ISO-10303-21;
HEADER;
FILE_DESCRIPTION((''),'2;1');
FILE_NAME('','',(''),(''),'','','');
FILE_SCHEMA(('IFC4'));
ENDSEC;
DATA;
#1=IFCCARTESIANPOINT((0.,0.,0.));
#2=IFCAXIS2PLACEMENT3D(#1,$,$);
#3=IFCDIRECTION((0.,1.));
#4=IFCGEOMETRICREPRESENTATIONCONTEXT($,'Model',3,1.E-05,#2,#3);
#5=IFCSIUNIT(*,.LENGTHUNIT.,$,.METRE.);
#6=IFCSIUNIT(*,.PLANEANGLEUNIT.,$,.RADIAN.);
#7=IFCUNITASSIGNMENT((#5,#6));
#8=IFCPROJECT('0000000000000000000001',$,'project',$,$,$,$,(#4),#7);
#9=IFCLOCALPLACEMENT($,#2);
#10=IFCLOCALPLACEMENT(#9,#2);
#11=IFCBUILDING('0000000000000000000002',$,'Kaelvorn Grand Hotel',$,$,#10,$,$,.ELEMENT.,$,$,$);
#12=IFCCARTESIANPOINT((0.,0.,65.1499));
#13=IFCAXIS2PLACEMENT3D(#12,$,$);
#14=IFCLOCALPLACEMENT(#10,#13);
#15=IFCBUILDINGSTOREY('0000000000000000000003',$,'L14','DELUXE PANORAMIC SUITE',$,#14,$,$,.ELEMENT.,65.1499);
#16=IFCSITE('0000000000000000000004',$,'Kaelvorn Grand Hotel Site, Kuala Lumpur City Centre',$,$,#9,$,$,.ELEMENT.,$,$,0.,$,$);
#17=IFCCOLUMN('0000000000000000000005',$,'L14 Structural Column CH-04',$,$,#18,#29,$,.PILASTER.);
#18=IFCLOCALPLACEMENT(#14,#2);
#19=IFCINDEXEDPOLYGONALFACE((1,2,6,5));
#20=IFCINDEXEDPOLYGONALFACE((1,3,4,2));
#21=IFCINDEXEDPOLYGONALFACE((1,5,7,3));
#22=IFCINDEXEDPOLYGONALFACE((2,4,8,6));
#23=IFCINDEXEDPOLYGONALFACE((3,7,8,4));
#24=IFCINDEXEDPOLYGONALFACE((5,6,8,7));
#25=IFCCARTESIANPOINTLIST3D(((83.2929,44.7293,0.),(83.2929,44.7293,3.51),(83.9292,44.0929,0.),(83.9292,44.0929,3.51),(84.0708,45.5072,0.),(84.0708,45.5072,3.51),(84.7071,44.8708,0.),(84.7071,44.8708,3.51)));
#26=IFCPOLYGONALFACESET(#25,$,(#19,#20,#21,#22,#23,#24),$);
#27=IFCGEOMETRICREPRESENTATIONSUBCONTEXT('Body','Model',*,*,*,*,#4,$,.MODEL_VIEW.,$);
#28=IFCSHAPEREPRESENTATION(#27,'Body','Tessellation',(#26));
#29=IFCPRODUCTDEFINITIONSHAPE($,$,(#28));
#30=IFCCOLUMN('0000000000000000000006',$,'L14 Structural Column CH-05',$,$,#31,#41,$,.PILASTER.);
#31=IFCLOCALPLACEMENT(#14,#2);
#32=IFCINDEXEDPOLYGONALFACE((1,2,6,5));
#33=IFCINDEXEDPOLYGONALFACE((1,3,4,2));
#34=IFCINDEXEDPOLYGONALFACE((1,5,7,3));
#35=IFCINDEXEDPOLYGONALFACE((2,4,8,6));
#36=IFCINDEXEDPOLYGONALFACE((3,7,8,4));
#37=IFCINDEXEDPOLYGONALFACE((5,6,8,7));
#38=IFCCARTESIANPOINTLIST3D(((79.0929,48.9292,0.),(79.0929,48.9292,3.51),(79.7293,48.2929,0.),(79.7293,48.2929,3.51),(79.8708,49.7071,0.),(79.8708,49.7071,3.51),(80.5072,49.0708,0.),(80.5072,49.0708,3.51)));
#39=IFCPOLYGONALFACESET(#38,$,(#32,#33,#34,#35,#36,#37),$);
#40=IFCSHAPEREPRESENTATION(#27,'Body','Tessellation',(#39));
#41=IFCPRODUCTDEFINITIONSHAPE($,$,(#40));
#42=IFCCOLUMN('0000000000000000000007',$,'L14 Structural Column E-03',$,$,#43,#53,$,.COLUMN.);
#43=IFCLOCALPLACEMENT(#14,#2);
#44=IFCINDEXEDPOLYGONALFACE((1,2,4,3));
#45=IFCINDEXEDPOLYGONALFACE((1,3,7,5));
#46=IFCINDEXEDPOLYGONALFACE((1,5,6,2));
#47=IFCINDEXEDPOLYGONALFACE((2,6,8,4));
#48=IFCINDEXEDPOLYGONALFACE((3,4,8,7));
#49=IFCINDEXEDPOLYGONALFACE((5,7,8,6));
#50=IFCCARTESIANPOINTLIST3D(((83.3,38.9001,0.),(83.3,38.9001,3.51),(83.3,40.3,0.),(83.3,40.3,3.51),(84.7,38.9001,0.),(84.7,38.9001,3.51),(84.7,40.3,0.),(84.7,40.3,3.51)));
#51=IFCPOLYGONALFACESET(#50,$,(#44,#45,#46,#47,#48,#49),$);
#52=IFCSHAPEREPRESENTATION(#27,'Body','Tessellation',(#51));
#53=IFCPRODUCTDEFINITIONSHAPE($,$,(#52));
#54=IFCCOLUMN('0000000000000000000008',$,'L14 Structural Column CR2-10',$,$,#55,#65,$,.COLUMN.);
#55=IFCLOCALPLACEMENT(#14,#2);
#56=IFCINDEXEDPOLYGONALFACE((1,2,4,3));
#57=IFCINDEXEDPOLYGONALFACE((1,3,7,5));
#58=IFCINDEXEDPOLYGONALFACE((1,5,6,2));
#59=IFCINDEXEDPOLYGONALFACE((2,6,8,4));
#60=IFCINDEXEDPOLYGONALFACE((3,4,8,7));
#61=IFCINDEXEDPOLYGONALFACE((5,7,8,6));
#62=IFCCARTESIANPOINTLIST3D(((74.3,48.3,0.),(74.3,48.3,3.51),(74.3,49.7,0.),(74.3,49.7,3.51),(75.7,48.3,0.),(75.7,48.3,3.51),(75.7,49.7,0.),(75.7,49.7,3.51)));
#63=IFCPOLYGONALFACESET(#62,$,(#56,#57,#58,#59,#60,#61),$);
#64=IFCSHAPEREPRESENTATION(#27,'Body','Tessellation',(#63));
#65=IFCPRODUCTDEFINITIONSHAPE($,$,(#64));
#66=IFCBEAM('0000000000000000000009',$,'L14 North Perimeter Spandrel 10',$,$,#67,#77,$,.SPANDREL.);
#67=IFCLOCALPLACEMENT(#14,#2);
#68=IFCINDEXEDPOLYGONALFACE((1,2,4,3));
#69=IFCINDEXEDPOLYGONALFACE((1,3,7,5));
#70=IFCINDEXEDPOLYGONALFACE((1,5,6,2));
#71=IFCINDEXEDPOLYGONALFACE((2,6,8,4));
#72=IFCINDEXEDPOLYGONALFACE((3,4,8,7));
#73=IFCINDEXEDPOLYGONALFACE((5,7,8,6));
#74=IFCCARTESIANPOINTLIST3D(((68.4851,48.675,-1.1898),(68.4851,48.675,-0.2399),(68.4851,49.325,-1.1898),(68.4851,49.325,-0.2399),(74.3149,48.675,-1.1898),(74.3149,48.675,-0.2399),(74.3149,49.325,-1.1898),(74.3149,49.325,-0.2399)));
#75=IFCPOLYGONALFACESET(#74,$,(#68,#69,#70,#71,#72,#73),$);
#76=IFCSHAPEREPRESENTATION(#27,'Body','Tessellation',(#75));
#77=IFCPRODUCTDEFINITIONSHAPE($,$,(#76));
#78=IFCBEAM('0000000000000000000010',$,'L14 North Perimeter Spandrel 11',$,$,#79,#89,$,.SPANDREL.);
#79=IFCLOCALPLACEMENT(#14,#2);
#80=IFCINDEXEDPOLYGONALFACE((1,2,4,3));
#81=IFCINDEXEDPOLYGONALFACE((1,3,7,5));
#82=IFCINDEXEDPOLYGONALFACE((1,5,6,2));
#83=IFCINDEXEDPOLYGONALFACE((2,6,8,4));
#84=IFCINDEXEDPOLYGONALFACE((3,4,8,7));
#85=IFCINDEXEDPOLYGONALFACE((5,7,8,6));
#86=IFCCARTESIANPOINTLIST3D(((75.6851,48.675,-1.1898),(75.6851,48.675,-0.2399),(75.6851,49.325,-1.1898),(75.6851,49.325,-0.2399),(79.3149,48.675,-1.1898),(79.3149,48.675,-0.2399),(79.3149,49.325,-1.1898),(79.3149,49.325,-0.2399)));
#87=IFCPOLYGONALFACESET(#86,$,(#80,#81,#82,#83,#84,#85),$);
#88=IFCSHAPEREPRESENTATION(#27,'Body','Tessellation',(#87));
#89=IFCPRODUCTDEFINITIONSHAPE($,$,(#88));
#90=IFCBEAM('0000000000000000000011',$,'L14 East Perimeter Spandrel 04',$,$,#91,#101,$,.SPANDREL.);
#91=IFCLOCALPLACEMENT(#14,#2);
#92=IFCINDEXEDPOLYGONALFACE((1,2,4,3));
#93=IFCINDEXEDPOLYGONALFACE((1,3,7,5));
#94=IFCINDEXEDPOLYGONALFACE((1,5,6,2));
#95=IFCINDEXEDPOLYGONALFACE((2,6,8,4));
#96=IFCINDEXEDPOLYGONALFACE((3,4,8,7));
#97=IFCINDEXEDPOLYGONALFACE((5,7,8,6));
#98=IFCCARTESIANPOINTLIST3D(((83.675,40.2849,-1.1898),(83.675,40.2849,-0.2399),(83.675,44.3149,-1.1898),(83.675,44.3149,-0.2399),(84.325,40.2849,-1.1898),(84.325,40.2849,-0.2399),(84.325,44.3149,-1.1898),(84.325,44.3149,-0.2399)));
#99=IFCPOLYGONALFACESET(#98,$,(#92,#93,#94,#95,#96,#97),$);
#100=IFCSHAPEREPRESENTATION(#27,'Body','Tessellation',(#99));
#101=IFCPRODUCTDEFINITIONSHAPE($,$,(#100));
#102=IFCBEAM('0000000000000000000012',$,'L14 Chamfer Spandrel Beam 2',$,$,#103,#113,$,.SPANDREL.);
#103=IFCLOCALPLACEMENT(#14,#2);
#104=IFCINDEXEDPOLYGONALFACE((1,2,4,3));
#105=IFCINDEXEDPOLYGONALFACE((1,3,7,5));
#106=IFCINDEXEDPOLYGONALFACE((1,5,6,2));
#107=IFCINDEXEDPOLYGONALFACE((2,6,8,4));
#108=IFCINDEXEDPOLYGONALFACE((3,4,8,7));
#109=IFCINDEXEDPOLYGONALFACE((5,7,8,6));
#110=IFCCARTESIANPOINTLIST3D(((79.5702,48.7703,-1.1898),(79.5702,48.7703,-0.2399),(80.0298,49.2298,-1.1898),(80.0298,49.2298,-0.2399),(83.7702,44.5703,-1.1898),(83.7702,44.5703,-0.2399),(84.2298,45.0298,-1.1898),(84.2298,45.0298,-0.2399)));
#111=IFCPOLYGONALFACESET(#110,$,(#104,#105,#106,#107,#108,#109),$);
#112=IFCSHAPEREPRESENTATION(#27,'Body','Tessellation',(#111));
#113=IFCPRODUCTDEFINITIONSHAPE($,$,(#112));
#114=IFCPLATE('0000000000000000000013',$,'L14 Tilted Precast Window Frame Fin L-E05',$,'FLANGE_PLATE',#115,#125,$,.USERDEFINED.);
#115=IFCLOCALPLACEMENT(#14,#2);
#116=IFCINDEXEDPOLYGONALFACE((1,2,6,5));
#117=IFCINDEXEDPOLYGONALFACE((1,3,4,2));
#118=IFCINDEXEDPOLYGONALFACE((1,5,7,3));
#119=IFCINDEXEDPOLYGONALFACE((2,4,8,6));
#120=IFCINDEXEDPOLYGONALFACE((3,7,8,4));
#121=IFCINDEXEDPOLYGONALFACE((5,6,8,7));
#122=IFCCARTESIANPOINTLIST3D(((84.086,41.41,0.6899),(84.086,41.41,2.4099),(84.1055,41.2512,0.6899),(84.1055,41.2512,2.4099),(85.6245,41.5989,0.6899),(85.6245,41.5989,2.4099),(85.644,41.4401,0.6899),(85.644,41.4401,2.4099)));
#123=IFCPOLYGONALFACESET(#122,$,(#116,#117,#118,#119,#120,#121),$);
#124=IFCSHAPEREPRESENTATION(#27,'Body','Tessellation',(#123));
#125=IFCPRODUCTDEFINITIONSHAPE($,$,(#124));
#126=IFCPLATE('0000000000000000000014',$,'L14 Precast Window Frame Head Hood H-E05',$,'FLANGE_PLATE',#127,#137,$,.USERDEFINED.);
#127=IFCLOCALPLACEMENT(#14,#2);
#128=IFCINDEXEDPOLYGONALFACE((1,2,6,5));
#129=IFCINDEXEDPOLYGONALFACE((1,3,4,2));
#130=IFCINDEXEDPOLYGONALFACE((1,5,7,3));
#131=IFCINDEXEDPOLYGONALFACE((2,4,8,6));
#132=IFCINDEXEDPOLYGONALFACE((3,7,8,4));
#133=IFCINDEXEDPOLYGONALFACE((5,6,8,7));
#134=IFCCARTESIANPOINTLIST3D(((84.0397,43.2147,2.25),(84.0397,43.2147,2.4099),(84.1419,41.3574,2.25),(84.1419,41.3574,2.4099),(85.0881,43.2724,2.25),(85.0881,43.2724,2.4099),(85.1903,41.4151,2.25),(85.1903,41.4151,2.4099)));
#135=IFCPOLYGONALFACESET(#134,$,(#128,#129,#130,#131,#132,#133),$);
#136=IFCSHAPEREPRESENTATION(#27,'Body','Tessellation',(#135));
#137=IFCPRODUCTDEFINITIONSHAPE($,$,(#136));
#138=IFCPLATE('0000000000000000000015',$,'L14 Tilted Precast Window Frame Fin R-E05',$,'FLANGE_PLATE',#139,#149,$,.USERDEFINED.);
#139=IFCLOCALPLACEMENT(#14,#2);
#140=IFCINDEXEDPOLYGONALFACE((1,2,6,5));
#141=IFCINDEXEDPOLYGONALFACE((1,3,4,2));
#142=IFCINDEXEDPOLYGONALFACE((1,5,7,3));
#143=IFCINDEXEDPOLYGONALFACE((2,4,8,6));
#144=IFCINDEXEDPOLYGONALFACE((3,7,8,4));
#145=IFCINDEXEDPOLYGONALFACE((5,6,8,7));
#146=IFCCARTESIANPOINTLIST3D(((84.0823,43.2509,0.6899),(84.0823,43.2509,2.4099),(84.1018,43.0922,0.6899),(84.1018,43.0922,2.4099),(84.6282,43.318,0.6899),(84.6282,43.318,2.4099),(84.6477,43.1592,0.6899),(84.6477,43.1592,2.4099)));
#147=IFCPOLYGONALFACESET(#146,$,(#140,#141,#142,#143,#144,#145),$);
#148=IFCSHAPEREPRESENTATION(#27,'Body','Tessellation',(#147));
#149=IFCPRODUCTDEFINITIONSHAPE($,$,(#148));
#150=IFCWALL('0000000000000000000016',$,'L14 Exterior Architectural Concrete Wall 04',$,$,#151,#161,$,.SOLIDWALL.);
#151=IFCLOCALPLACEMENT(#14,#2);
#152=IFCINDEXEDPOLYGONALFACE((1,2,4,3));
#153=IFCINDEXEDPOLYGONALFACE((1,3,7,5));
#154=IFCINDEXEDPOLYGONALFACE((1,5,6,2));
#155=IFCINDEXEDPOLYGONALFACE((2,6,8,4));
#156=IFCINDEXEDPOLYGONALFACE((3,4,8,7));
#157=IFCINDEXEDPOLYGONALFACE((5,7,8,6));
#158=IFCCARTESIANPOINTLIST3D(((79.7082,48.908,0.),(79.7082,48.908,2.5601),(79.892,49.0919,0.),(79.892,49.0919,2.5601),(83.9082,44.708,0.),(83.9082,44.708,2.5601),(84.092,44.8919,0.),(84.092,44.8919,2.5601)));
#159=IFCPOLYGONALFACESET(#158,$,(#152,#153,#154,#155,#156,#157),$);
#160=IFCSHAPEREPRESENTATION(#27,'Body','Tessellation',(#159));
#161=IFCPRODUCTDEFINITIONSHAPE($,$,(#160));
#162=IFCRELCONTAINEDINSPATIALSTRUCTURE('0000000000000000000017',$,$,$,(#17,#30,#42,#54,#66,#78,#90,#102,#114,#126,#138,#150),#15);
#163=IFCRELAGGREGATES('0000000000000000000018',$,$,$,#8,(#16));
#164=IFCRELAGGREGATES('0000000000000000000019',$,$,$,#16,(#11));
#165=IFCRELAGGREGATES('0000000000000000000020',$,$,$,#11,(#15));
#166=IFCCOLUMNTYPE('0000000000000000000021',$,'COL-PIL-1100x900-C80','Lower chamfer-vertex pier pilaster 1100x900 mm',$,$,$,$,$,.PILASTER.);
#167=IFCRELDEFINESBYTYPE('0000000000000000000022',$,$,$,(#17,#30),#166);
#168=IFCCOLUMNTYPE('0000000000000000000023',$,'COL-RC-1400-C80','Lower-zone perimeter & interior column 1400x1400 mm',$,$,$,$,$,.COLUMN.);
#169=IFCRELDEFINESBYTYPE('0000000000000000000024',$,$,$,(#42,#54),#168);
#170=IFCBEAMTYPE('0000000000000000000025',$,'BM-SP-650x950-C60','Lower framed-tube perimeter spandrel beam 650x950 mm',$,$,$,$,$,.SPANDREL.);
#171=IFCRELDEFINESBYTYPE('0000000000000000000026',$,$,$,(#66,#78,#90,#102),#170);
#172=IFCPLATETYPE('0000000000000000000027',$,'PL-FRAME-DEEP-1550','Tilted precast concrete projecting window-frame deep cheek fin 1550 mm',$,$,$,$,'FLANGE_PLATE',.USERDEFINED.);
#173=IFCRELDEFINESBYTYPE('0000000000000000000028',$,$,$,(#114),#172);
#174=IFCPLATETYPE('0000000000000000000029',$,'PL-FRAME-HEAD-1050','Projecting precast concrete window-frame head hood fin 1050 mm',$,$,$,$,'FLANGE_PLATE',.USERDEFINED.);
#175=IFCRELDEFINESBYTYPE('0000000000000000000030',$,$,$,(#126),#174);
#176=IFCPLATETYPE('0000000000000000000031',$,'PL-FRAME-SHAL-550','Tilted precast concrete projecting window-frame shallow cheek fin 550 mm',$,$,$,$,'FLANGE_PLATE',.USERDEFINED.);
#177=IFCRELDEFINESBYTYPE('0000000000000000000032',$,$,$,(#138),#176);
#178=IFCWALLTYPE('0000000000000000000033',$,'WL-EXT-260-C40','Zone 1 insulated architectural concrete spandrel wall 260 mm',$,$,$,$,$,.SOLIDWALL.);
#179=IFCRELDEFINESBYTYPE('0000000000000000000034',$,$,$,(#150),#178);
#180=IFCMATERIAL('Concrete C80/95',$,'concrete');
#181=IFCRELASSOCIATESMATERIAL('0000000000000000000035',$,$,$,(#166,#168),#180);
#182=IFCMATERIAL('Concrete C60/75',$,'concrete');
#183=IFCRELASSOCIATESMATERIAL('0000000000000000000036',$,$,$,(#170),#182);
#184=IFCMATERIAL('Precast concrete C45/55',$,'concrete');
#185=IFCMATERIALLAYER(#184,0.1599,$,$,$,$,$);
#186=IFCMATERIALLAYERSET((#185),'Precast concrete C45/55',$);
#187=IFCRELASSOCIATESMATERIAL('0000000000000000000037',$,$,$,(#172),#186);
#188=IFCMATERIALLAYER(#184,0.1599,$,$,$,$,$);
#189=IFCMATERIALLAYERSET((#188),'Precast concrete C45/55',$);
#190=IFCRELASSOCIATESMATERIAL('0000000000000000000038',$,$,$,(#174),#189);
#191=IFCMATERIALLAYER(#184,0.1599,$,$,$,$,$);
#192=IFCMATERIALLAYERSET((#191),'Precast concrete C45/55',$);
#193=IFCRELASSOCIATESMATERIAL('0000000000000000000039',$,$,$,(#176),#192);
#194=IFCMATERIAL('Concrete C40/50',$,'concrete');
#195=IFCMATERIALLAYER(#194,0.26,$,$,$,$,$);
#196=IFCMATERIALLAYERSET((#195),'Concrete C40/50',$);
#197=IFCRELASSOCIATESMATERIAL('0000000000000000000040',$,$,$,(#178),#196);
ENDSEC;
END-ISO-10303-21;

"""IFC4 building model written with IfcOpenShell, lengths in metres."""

from ifc_helpers import new_model, si_unit, direction, frame, frame_2d, origin, origin_2d, place, context, subcontext, project, spatial, rectangle, extrude, material, layer, layer_set, material_profile, profile_set, type_object, element, save


model = new_model("IFC4")

# Units and contexts
model_context = context("Model", 3, precision=1e-05, world=origin(), true_north=direction((0.0, 1.0)))
body_context = subcontext(model_context, "Body", "Model", "MODEL_VIEW")
ifc_project = project(units=[si_unit("LENGTHUNIT", "METRE"), si_unit("PLANEANGLEUNIT", "RADIAN")], contexts=[model_context])

# Site, building, storey
site_placement = place(None, origin())
site = spatial("IfcSite", under=ifc_project, at=site_placement, Name="Kaelvorn Grand Hotel Site, Kuala Lumpur City Centre", CompositionType="ELEMENT", RefElevation=0.0)
building_placement = place(site_placement, origin())
building = spatial("IfcBuilding", under=site, at=building_placement, Name="Kaelvorn Grand Hotel", CompositionType="ELEMENT")
storey_placement = place(building_placement, frame((0.0, 0.0, 65.1499)))
storey = spatial("IfcBuildingStorey", under=building, at=storey_placement, Name="L14", Description="DELUXE PANORAMIC SUITE", CompositionType="ELEMENT", Elevation=65.1499)

# Columns
ifc_material_1 = material(Name="Concrete C80/95", Category="concrete")
ifc_material_profile_1 = material_profile(ifc_material_1, rectangle(XDim=1.1001, YDim=0.8999, at=origin_2d()), Name="RC PILASTER 1100x900")
ifc_profile_set_1 = profile_set([ifc_material_profile_1], Name="Concrete C80/95")
column_type_1 = type_object("IfcColumnType", Name="COL-PIL-1100x900-C80", Description="Lower chamfer-vertex pier pilaster 1100x900 mm", PredefinedType="PILASTER", material=ifc_profile_set_1)
for number, where, z_axis, x_axis, name in (
    (1, (84.0, 44.8, 0.0), (0.0, 0.0, 1.0), (0.707107, 0.707107, 0.0), "L14 Structural Column CH-04"),
    (2, (79.8, 49.0, 0.0), (0.0, 0.0, 1.0), (0.707107, 0.707107, 0.0), "L14 Structural Column CH-05"),
):
    element("IfcColumn", number, at=place(storey_placement, frame(where, z_axis=z_axis, x_axis=x_axis)), inside=storey, type_object=column_type_1, Name=name, PredefinedType="PILASTER", context=body_context, shape_type="SweptSolid", body=[
        extrude(rectangle(XDim=1.1001, YDim=0.8999, at=origin_2d()), origin(), (0.0, 0.0, 1.0), 3.51),
    ])
ifc_material_profile_2 = material_profile(ifc_material_1, rectangle(XDim=1.3999, YDim=1.3999, at=origin_2d()), Name="RC COL 1400x1400")
ifc_profile_set_2 = profile_set([ifc_material_profile_2], Name="Concrete C80/95")
column_type_2 = type_object("IfcColumnType", Name="COL-RC-1400-C80", Description="Lower-zone perimeter & interior column 1400x1400 mm", PredefinedType="COLUMN", material=ifc_profile_set_2)
for number, where, z_axis, x_axis, name in (
    (3, (84.0, 39.6001, 0.0), (0.0, 0.0, 1.0), (1.0, 0.0, 0.0), "L14 Structural Column E-03"),
    (4, (75.0, 49.0, 0.0), (0.0, 0.0, 1.0), (1.0, 0.0, 0.0), "L14 Structural Column CR2-10"),
):
    element("IfcColumn", number, at=place(storey_placement, frame(where, z_axis=z_axis, x_axis=x_axis)), inside=storey, type_object=column_type_2, Name=name, PredefinedType="COLUMN", context=body_context, shape_type="SweptSolid", body=[
        extrude(rectangle(XDim=1.3999, YDim=1.3999, at=origin_2d()), origin(), (0.0, 0.0, 1.0), 3.51),
    ])

# Beams
ifc_material_2 = material(Name="Concrete C60/75", Category="concrete")
ifc_material_profile_3 = material_profile(ifc_material_2, rectangle(XDim=0.6499, YDim=0.95, at=origin_2d()), Name="RC SPANDREL 650x950")
ifc_profile_set_3 = profile_set([ifc_material_profile_3], Name="Concrete C60/75")
beam_type = type_object("IfcBeamType", Name="BM-SP-650x950-C60", Description="Lower framed-tube perimeter spandrel beam 650x950 mm", PredefinedType="SPANDREL", material=ifc_profile_set_3)
beam_1_placement = place(storey_placement, frame((68.4851, 49.0, -0.7148), z_axis=(1.0, 0.0, 0.0), x_axis=(0.0, 1.0, 0.0)))
element("IfcBeam", 5, at=beam_1_placement, inside=storey, type_object=beam_type, Name="L14 North Perimeter Spandrel 10", PredefinedType="SPANDREL", context=body_context, shape_type="SweptSolid", body=[
    extrude(rectangle(XDim=0.6499, YDim=0.95, at=origin_2d()), origin(), (0.0, 0.0, 1.0), 5.8298),
])
beam_2_placement = place(storey_placement, frame((75.6851, 49.0, -0.7148), z_axis=(1.0, 0.0, 0.0), x_axis=(0.0, 1.0, 0.0)))
element("IfcBeam", 6, at=beam_2_placement, inside=storey, type_object=beam_type, Name="L14 North Perimeter Spandrel 11", PredefinedType="SPANDREL", context=body_context, shape_type="SweptSolid", body=[
    extrude(rectangle(XDim=0.6499, YDim=0.95, at=origin_2d()), origin(), (0.0, 0.0, 1.0), 3.6299),
])
beam_3_placement = place(storey_placement, frame((84.0, 40.2849, -0.7148), z_axis=(0.0, 1.0, 0.0), x_axis=(-1.0, 0.0, 0.0)))
element("IfcBeam", 7, at=beam_3_placement, inside=storey, type_object=beam_type, Name="L14 East Perimeter Spandrel 04", PredefinedType="SPANDREL", context=body_context, shape_type="SweptSolid", body=[
    extrude(rectangle(XDim=0.6499, YDim=0.95, at=origin_2d()), origin(), (0.0, 0.0, 1.0), 4.03),
])
beam_4_placement = place(storey_placement, frame((84.0, 44.8, -0.7148), z_axis=(-0.707107, 0.707107, 0.0), x_axis=(-0.707107, -0.707107, 0.0)))
element("IfcBeam", 8, at=beam_4_placement, inside=storey, type_object=beam_type, Name="L14 Chamfer Spandrel Beam 2", PredefinedType="SPANDREL", context=body_context, shape_type="SweptSolid", body=[
    extrude(rectangle(XDim=0.6499, YDim=0.95, at=origin_2d()), origin(), (0.0, 0.0, 1.0), 5.9397),
])

# Plates
ifc_material_3 = material(Name="Precast concrete C45/55", Category="concrete")
ifc_layer_1 = layer(ifc_material_3, 0.1599)
ifc_layer_set_1 = layer_set([ifc_layer_1], Name="Precast concrete C45/55")
plate_type_1 = type_object("IfcPlateType", Name="PL-FRAME-DEEP-1550", Description="Tilted precast concrete projecting window-frame deep cheek fin 1550 mm", ElementType="FLANGE_PLATE", PredefinedType="USERDEFINED", material=ifc_layer_set_1)
plate_1_placement = place(storey_placement, frame((84.865, 41.425, 0.6899), z_axis=(0.0, 0.0, 1.0), x_axis=(-0.121869, 0.992546, 0.0)))
element("IfcPlate", 9, at=plate_1_placement, inside=storey, type_object=plate_type_1, Name="L14 Tilted Precast Window Frame Fin L-E05", ObjectType="FLANGE_PLATE", PredefinedType="USERDEFINED", context=body_context, shape_type="SweptSolid", body=[
    extrude(rectangle(XDim=0.1599, YDim=1.55, at=origin_2d()), origin(), (0.0, 0.0, 1.0), 1.72),
])
ifc_layer_2 = layer(ifc_material_3, 0.1599)
ifc_layer_set_2 = layer_set([ifc_layer_2], Name="Precast concrete C45/55")
plate_type_2 = type_object("IfcPlateType", Name="PL-FRAME-HEAD-1050", Description="Projecting precast concrete window-frame head hood fin 1050 mm", ElementType="FLANGE_PLATE", PredefinedType="USERDEFINED", material=ifc_layer_set_2)
plate_2_placement = place(storey_placement, frame((84.615, 42.3149, 2.25), z_axis=(0.0, 0.0, 1.0), x_axis=(-0.05495, 0.998489, 0.0)))
element("IfcPlate", 10, at=plate_2_placement, inside=storey, type_object=plate_type_2, Name="L14 Precast Window Frame Head Hood H-E05", ObjectType="FLANGE_PLATE", PredefinedType="USERDEFINED", context=body_context, shape_type="SweptSolid", body=[
    extrude(rectangle(XDim=1.8601, YDim=1.05, at=origin_2d()), origin(), (0.0, 0.0, 1.0), 0.1599),
])
ifc_layer_3 = layer(ifc_material_3, 0.1599)
ifc_layer_set_3 = layer_set([ifc_layer_3], Name="Precast concrete C45/55")
plate_type_3 = type_object("IfcPlateType", Name="PL-FRAME-SHAL-550", Description="Tilted precast concrete projecting window-frame shallow cheek fin 550 mm", ElementType="FLANGE_PLATE", PredefinedType="USERDEFINED", material=ifc_layer_set_3)
plate_3_placement = place(storey_placement, frame((84.365, 43.2051, 0.6899), z_axis=(0.0, 0.0, 1.0), x_axis=(-0.121869, 0.992546, 0.0)))
element("IfcPlate", 11, at=plate_3_placement, inside=storey, type_object=plate_type_3, Name="L14 Tilted Precast Window Frame Fin R-E05", ObjectType="FLANGE_PLATE", PredefinedType="USERDEFINED", context=body_context, shape_type="SweptSolid", body=[
    extrude(rectangle(XDim=0.1599, YDim=0.55, at=origin_2d()), origin(), (0.0, 0.0, 1.0), 1.72),
])

# Wall
ifc_material_4 = material(Name="Concrete C40/50", Category="concrete")
ifc_layer_4 = layer(ifc_material_4, 0.26)
ifc_layer_set_4 = layer_set([ifc_layer_4], Name="Concrete C40/50")
wall_type = type_object("IfcWallType", Name="WL-EXT-260-C40", Description="Zone 1 insulated architectural concrete spandrel wall 260 mm", PredefinedType="SOLIDWALL", material=ifc_layer_set_4)
wall_1_placement = place(storey_placement, frame((84.0, 44.8, 0.0), z_axis=(0.0, 0.0, 1.0), x_axis=(-0.707107, 0.707107, 0.0)))
element("IfcWall", 12, at=wall_1_placement, inside=storey, type_object=wall_type, Name="L14 Exterior Architectural Concrete Wall 04", PredefinedType="SOLIDWALL", context=body_context, shape_type="SweptSolid", body=[
    extrude(rectangle(XDim=5.9397, YDim=0.26, at=frame_2d((2.9697, 0.0))), origin(), (0.0, 0.0, 1.0), 2.5601),
])

save(model, "model.ifc")
